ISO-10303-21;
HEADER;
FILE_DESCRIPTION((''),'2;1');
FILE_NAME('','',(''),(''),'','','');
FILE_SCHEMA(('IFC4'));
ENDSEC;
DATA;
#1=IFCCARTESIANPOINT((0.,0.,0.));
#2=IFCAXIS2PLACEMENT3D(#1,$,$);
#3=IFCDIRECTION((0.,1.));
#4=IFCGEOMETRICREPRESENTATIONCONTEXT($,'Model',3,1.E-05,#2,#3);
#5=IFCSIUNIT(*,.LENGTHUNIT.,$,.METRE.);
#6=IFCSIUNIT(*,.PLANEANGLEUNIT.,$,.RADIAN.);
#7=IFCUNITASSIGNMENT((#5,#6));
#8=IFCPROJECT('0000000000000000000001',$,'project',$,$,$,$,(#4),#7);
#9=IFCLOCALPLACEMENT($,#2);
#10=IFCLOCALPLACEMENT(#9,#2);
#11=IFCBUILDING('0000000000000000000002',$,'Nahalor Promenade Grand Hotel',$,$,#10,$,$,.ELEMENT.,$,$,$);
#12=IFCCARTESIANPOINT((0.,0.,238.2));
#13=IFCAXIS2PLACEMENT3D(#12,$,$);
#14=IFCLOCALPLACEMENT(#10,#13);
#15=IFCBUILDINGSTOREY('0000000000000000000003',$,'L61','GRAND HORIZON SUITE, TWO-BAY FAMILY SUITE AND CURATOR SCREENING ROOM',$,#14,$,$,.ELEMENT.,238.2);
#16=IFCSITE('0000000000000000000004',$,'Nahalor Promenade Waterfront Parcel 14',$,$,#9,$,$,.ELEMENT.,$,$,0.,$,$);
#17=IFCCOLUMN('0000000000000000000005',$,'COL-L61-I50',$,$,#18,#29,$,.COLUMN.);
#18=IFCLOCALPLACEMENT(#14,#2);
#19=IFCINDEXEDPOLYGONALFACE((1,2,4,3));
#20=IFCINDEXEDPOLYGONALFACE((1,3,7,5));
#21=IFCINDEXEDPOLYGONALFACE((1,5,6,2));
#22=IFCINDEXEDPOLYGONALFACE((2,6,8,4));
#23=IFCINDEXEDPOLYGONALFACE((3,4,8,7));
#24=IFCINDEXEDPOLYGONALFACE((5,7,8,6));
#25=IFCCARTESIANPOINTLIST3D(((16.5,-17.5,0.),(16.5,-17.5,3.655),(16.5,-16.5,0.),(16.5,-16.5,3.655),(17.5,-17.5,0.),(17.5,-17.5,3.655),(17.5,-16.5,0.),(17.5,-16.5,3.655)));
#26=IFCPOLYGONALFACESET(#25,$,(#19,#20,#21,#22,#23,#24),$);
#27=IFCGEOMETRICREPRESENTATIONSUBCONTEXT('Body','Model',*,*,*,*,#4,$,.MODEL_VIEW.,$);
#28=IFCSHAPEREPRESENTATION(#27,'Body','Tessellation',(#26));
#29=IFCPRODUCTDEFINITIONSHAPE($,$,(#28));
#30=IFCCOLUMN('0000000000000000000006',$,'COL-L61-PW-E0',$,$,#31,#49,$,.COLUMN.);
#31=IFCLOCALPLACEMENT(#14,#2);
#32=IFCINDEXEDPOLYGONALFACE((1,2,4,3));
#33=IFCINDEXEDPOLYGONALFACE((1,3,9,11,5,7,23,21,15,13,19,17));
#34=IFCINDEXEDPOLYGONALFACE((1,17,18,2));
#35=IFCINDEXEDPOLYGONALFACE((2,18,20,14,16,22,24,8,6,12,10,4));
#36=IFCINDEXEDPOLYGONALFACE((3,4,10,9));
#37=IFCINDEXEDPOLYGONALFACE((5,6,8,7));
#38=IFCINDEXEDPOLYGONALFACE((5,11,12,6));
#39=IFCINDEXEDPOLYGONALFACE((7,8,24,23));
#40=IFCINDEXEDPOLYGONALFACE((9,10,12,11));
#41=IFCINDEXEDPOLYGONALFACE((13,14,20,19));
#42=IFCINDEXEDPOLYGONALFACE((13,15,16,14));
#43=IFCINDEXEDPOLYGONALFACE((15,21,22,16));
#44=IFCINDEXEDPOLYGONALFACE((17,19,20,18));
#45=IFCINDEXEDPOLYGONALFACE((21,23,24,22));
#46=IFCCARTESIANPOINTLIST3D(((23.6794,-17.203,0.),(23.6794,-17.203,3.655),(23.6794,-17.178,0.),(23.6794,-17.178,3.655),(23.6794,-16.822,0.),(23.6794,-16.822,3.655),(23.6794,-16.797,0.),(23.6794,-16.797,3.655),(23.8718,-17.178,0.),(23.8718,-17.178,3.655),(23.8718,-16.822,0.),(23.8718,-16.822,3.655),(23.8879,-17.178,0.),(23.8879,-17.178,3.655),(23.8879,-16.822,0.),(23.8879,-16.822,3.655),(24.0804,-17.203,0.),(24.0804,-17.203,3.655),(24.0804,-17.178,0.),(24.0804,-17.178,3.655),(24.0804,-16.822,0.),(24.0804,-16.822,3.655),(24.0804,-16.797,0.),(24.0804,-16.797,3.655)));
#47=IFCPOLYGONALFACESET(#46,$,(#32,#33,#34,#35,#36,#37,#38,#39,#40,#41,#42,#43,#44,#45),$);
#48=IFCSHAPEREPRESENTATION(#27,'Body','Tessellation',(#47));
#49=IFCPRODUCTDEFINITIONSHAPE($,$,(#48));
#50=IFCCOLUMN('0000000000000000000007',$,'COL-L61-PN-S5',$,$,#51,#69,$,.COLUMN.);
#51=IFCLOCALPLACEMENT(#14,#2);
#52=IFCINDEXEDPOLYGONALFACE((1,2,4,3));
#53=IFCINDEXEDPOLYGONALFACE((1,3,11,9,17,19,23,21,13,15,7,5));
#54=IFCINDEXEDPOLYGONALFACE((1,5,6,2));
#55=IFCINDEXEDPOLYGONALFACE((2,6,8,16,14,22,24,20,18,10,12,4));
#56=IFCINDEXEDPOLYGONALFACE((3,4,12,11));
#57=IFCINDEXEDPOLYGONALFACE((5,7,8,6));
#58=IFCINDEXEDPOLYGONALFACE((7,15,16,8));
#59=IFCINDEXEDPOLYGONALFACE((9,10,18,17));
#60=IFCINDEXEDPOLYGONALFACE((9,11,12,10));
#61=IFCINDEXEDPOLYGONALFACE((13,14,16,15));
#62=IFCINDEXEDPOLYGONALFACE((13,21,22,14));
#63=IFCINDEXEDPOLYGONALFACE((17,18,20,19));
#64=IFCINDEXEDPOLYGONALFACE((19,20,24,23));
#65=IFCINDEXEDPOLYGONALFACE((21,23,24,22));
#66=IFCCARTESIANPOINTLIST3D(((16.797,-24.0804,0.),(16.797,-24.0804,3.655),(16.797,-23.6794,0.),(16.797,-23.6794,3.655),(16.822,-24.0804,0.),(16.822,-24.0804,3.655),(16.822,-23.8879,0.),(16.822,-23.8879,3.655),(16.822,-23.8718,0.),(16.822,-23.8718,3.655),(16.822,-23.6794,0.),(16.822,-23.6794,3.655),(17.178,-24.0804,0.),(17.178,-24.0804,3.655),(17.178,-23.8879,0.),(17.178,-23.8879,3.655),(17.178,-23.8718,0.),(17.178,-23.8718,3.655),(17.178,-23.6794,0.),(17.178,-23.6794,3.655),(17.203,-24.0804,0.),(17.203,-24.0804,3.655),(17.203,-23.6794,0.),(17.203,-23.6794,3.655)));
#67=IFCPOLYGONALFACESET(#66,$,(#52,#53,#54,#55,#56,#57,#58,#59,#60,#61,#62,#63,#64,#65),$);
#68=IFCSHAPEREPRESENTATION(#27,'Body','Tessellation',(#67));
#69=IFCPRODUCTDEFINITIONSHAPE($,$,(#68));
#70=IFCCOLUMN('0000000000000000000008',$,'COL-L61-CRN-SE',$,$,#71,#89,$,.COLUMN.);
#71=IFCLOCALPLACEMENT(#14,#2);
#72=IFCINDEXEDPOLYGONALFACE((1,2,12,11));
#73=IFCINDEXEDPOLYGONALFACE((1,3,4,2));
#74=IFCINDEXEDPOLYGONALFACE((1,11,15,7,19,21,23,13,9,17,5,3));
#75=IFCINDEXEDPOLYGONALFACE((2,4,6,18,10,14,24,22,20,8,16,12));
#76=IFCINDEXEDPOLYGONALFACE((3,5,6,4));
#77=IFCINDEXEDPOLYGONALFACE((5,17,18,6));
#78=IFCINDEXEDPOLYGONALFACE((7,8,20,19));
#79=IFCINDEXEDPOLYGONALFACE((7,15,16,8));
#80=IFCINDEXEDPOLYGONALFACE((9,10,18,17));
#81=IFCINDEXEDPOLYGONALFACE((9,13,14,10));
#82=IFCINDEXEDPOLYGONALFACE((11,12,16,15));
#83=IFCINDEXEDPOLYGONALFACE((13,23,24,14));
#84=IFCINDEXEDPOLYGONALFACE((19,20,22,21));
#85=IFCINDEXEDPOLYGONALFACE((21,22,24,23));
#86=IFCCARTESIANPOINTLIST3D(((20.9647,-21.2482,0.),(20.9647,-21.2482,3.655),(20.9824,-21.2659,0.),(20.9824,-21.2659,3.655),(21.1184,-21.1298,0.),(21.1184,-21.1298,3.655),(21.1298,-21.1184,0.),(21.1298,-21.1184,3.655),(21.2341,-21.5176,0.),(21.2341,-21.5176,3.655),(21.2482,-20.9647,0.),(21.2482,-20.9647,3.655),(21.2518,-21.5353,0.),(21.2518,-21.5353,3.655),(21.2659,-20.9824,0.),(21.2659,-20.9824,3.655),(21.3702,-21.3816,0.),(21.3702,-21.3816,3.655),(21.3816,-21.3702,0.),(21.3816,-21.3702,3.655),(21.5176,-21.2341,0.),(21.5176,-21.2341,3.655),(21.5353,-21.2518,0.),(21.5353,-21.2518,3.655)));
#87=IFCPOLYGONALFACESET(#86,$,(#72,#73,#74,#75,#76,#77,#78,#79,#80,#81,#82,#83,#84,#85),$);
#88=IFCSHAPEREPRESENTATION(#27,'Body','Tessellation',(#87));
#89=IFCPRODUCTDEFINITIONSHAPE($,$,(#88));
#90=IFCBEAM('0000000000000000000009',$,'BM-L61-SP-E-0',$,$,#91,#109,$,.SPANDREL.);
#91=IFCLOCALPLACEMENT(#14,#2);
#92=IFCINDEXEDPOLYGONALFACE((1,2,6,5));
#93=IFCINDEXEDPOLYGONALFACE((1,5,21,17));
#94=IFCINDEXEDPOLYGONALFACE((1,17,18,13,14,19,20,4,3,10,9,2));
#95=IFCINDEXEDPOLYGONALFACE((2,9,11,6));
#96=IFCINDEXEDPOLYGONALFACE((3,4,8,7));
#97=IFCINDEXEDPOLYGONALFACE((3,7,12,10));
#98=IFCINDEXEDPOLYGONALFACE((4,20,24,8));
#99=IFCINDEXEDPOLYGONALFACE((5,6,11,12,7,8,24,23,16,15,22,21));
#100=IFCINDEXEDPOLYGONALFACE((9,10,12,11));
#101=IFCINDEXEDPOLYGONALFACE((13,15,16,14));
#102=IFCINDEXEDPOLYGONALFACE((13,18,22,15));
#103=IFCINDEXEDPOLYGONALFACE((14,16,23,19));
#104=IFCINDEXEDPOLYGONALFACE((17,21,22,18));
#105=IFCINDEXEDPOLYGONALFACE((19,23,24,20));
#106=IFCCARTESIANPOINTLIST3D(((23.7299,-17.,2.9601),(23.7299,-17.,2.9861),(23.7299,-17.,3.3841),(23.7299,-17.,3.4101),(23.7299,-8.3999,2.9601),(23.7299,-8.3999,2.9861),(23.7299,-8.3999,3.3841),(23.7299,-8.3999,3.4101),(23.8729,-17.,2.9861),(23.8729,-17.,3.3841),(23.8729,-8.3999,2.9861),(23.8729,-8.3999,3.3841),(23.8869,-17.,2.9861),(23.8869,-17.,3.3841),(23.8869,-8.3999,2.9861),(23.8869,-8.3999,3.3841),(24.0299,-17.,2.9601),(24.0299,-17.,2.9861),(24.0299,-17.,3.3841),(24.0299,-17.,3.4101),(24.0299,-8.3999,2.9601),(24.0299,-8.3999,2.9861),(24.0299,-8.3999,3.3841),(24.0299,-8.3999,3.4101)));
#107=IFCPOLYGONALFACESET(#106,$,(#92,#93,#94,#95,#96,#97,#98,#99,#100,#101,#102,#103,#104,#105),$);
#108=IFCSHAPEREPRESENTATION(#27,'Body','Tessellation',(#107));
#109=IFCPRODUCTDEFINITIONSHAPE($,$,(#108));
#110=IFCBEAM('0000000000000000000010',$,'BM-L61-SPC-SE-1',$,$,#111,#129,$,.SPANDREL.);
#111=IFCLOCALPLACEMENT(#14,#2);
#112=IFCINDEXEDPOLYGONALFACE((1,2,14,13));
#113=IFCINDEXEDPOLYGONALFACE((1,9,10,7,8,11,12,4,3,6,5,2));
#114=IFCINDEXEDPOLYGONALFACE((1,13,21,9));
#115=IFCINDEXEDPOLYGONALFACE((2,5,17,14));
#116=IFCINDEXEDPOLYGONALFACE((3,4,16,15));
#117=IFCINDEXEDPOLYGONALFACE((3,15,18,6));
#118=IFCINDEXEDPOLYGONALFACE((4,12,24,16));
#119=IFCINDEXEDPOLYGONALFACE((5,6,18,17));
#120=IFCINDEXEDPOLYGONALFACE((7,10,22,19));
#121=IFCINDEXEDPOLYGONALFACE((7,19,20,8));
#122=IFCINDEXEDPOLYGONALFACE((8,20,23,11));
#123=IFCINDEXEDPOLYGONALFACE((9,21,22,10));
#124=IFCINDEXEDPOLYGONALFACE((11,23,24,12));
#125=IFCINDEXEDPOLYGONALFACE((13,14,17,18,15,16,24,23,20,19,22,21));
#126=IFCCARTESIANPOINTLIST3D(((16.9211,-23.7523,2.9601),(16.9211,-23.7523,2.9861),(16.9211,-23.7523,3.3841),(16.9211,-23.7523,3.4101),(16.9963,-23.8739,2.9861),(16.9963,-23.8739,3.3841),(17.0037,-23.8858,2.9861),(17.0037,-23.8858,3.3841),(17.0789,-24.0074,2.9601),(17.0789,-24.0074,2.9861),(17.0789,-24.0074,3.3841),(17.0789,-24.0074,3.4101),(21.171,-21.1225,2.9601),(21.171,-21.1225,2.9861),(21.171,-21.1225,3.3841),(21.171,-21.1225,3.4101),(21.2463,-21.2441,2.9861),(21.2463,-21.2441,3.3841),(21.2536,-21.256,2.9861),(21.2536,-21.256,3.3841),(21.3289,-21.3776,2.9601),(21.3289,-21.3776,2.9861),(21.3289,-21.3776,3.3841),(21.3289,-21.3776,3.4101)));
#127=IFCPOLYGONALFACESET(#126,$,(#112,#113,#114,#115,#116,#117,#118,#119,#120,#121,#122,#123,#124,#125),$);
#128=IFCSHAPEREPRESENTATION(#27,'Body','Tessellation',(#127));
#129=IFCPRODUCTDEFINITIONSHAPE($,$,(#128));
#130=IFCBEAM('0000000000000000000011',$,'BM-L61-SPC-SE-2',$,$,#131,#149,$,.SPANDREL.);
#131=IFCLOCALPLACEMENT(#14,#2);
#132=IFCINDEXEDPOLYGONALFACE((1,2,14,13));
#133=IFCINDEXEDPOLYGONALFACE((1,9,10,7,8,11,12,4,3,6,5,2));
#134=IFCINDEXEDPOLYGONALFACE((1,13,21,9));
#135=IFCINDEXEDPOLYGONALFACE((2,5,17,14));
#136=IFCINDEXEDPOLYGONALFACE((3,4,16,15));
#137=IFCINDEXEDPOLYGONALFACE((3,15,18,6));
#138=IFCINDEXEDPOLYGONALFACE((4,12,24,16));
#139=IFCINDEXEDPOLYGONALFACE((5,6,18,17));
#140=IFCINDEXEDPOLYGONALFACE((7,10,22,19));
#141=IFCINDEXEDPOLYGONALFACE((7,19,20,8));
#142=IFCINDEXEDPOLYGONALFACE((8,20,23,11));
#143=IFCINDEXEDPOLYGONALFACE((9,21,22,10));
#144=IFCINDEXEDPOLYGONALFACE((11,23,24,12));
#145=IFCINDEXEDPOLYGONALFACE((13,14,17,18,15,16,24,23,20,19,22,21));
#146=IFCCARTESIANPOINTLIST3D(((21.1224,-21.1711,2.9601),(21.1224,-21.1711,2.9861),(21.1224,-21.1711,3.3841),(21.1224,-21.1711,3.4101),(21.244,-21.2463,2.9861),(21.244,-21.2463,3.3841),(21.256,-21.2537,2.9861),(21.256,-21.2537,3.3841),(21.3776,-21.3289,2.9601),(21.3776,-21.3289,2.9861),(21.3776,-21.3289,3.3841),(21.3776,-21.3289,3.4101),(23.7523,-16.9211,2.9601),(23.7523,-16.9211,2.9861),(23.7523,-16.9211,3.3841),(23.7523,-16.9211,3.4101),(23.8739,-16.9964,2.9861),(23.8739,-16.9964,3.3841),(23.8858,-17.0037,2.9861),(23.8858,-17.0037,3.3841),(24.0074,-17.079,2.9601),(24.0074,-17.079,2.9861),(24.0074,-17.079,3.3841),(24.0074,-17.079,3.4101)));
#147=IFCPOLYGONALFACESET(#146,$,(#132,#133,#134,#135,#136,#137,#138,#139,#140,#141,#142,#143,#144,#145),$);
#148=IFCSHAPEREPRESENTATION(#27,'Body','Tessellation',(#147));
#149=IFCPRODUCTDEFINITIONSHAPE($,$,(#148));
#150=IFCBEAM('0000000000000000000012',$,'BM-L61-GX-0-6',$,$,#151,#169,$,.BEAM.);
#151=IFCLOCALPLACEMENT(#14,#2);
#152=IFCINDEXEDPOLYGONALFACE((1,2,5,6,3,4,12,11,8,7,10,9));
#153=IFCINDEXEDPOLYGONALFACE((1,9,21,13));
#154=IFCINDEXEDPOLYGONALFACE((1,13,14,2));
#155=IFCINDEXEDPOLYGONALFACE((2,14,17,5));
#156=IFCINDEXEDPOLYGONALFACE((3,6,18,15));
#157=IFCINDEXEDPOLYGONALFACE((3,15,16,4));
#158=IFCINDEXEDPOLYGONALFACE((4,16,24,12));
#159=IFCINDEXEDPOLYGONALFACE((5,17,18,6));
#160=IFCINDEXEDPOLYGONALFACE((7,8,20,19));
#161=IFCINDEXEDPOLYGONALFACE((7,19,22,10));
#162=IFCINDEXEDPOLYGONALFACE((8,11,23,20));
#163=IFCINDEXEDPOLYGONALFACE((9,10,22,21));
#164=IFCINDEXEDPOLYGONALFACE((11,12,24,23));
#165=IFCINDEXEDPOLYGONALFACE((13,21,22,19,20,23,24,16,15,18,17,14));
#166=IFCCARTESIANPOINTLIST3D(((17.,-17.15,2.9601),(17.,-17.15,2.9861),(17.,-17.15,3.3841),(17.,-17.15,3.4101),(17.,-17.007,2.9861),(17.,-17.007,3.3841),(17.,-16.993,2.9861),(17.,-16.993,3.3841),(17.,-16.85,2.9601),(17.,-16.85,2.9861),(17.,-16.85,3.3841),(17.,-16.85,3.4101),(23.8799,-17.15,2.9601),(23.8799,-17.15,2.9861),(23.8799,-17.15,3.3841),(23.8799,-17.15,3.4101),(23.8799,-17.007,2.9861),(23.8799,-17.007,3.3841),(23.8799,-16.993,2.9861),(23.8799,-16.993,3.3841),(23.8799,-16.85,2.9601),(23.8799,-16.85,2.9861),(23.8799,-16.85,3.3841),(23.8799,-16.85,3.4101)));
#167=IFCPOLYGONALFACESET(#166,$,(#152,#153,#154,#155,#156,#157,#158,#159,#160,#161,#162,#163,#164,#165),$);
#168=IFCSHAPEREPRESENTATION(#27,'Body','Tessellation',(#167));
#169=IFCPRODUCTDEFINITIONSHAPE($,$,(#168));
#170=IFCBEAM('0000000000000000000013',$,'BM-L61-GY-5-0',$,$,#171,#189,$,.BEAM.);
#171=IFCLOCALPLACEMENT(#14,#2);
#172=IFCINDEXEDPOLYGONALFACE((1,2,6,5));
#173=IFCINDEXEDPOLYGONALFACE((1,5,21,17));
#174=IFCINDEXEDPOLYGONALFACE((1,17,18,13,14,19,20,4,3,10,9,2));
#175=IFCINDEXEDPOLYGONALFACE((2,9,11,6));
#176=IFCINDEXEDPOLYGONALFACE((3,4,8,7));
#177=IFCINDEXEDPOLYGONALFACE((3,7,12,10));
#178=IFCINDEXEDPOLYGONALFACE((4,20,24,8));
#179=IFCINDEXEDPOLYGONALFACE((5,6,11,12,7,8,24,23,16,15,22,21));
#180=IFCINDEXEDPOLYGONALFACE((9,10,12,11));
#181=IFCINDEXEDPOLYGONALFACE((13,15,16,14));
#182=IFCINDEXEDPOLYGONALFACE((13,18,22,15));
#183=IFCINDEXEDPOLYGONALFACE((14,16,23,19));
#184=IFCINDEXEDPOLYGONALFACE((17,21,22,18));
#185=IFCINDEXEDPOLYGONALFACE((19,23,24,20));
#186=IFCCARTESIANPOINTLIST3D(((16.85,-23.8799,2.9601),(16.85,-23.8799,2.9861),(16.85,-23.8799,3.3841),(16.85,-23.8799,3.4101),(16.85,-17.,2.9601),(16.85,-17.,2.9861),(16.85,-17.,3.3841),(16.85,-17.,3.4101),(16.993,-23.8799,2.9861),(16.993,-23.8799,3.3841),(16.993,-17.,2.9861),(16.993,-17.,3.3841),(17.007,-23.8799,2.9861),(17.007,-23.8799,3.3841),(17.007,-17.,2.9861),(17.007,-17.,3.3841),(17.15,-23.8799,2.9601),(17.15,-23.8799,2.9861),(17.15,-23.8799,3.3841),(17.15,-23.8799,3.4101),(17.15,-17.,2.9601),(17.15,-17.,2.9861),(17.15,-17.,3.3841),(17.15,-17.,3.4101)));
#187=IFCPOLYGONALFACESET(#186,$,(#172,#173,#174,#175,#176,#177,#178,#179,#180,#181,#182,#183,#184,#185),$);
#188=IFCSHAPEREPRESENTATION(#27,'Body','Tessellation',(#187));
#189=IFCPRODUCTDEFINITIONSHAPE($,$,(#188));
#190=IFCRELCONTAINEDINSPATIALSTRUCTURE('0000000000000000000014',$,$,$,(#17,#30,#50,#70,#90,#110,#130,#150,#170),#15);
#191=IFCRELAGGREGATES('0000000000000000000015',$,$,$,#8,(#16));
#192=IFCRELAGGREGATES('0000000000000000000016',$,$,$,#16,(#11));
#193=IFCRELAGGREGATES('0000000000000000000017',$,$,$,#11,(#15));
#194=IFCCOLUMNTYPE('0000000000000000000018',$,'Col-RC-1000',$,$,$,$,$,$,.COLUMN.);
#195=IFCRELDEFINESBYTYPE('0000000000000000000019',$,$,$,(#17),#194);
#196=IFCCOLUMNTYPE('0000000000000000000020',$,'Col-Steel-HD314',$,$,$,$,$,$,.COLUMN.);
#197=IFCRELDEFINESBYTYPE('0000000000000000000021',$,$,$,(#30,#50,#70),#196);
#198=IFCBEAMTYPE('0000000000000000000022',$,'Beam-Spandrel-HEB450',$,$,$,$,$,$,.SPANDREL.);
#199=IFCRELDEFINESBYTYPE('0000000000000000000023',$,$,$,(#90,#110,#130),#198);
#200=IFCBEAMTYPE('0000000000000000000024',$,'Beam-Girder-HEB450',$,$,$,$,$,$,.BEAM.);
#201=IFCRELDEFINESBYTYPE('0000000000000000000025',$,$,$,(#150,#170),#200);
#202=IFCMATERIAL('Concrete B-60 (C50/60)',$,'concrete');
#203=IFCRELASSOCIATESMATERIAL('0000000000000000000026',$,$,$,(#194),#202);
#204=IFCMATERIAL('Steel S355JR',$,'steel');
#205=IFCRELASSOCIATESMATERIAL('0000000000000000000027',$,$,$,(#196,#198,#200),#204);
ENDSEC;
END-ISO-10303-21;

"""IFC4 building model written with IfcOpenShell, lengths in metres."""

from ifc_helpers import new_model, si_unit, direction, frame, origin, origin_2d, place, context, subcontext, project, spatial, rectangle, i_section, extrude, source, transform, mapped, material, material_profile, profile_set, type_object, element, save


model = new_model("IFC4")

# Units and contexts
model_context = context("Model", 3, precision=1e-05, world=origin(), true_north=direction((0.0, 1.0)))
body_context = subcontext(model_context, "Body", "Model", "MODEL_VIEW")
ifc_project = project(units=[si_unit("LENGTHUNIT", "METRE"), si_unit("PLANEANGLEUNIT", "RADIAN")], contexts=[model_context])

# Site, building, storey
site_placement = place(None, origin())
site = spatial("IfcSite", under=ifc_project, at=site_placement, Name="Nahalor Promenade Waterfront Parcel 14", CompositionType="ELEMENT", RefElevation=0.0)
building_placement = place(site_placement, origin())
building = spatial("IfcBuilding", under=site, at=building_placement, Name="Nahalor Promenade Grand Hotel", CompositionType="ELEMENT")
storey_placement = place(building_placement, frame((0.0, 0.0, 238.2)))
storey = spatial("IfcBuildingStorey", under=building, at=storey_placement, Name="L61", Description="GRAND HORIZON SUITE, TWO-BAY FAMILY SUITE AND CURATOR SCREENING ROOM", CompositionType="ELEMENT", Elevation=238.2)

# Columns
ifc_material_1 = material(Name="Concrete B-60 (C50/60)", Category="concrete")
ifc_material_profile_1 = material_profile(ifc_material_1, rectangle(XDim=1.0, YDim=1.0, at=origin_2d()), Name="RC 1000x1000")
ifc_profile_set_1 = profile_set([ifc_material_profile_1], Name="Concrete B-60 (C50/60)")
column_type_1 = type_object("IfcColumnType", Name="Col-RC-1000", PredefinedType="COLUMN", material=ifc_profile_set_1)
shared_shape_1 = source(origin(), body_context, "Body", "SweptSolid", [
    extrude(rectangle(XDim=1.0, YDim=1.0, at=origin_2d()), origin(), (0.0, 0.0, 1.0), 3.655),
])
column_placement = place(storey_placement, frame((17.0, -17.0, 0.0), z_axis=(0.0, 0.0, 1.0), x_axis=(1.0, 0.0, 0.0)))
element("IfcColumn", 1, at=column_placement, inside=storey, type_object=column_type_1, Name="COL-L61-I50", PredefinedType="COLUMN", context=body_context, shape_type="MappedRepresentation", body=[
    mapped(shared_shape_1, transform((0.0, 0.0, 0.0), scale=1.0)),
])
ifc_material_2 = material(Name="Steel S355JR", Category="steel")
ifc_material_profile_2 = material_profile(ifc_material_2, i_section(OverallWidth=0.401, OverallDepth=0.406, WebThickness=0.0161, FlangeThickness=0.025, at=origin_2d()), Name="HD 400x314")
ifc_profile_set_2 = profile_set([ifc_material_profile_2], Name="Steel S355JR")
column_type_2 = type_object("IfcColumnType", Name="Col-Steel-HD314", PredefinedType="COLUMN", material=ifc_profile_set_2)
shared_shape_2 = source(origin(), body_context, "Body", "SweptSolid", [
    extrude(i_section(OverallWidth=0.401, OverallDepth=0.406, WebThickness=0.0161, FlangeThickness=0.025, at=origin_2d()), origin(), (0.0, 0.0, 1.0), 3.655),
])
for number, where, z_axis, x_axis, name in (
    (2, (23.8799, -17.0, 0.0), (0.0, 0.0, 1.0), (1.0, 0.0, 0.0), "COL-L61-PW-E0"),
    (3, (17.0, -23.8799, 0.0), (0.0, 0.0, 1.0), (0.0, 1.0, 0.0), "COL-L61-PN-S5"),
    (4, (21.25, -21.25, 0.0), (0.0, 0.0, 1.0), (0.707107, 0.707107, 0.0), "COL-L61-CRN-SE"),
):
    element("IfcColumn", number, at=place(storey_placement, frame(where, z_axis=z_axis, x_axis=x_axis)), inside=storey, type_object=column_type_2, Name=name, PredefinedType="COLUMN", context=body_context, shape_type="MappedRepresentation", body=[
        mapped(shared_shape_2, transform((0.0, 0.0, 0.0), scale=1.0)),
    ])

# Beams
ifc_material_profile_3 = material_profile(ifc_material_2, i_section(OverallWidth=0.3, OverallDepth=0.45, WebThickness=0.014, FlangeThickness=0.026, at=origin_2d()), Name="HEB 450")
ifc_profile_set_3 = profile_set([ifc_material_profile_3], Name="Steel S355JR")
beam_type_1 = type_object("IfcBeamType", Name="Beam-Spandrel-HEB450", PredefinedType="SPANDREL", material=ifc_profile_set_3)
shared_shape_3 = source(origin(), body_context, "Body", "SweptSolid", [
    extrude(i_section(OverallWidth=0.3, OverallDepth=0.45, WebThickness=0.014, FlangeThickness=0.026, at=origin_2d()), origin(), (0.0, 0.0, 1.0), 8.6001),
])
beam_1_placement = place(storey_placement, frame((23.8799, -17.0, 3.1851), z_axis=(0.0, 1.0, 0.0), x_axis=(-1.0, 0.0, 0.0)))
element("IfcBeam", 5, at=beam_1_placement, inside=storey, type_object=beam_type_1, Name="BM-L61-SP-E-0", PredefinedType="SPANDREL", context=body_context, shape_type="MappedRepresentation", body=[
    mapped(shared_shape_3, transform((0.0, 0.0, 0.0), scale=1.0)),
])
shared_shape_4 = source(origin(), body_context, "Body", "SweptSolid", [
    extrude(i_section(OverallWidth=0.3, OverallDepth=0.45, WebThickness=0.014, FlangeThickness=0.026, at=origin_2d()), origin(), (0.0, 0.0, 1.0), 4.9978),
])
for number, where, z_axis, x_axis, name in (
    (6, (17.0, -23.8799, 3.1851), (0.850361, 0.5262, 0.0), (-0.5262, 0.850361, 0.0), "BM-L61-SPC-SE-1"),
    (7, (21.25, -21.25, 3.1851), (0.5262, 0.850361, 0.0), (-0.850361, 0.5262, 0.0), "BM-L61-SPC-SE-2"),
):
    element("IfcBeam", number, at=place(storey_placement, frame(where, z_axis=z_axis, x_axis=x_axis)), inside=storey, type_object=beam_type_1, Name=name, PredefinedType="SPANDREL", context=body_context, shape_type="MappedRepresentation", body=[
        mapped(shared_shape_4, transform((0.0, 0.0, 0.0), scale=1.0)),
    ])
ifc_material_profile_4 = material_profile(ifc_material_2, i_section(OverallWidth=0.3, OverallDepth=0.45, WebThickness=0.014, FlangeThickness=0.026, at=origin_2d()), Name="HEB 450")
ifc_profile_set_4 = profile_set([ifc_material_profile_4], Name="Steel S355JR")
beam_type_2 = type_object("IfcBeamType", Name="Beam-Girder-HEB450", PredefinedType="BEAM", material=ifc_profile_set_4)
shared_shape_5 = source(origin(), body_context, "Body", "SweptSolid", [
    extrude(i_section(OverallWidth=0.3, OverallDepth=0.45, WebThickness=0.014, FlangeThickness=0.026, at=origin_2d()), origin(), (0.0, 0.0, 1.0), 6.8799),
])
for number, where, z_axis, x_axis, name in (
    (8, (17.0, -17.0, 3.1851), (1.0, 0.0, 0.0), (0.0, 1.0, 0.0), "BM-L61-GX-0-6"),
    (9, (17.0, -23.8799, 3.1851), (0.0, 1.0, 0.0), (-1.0, 0.0, 0.0), "BM-L61-GY-5-0"),
):
    element("IfcBeam", number, at=place(storey_placement, frame(where, z_axis=z_axis, x_axis=x_axis)), inside=storey, type_object=beam_type_2, Name=name, PredefinedType="BEAM", context=body_context, shape_type="MappedRepresentation", body=[
        mapped(shared_shape_5, transform((0.0, 0.0, 0.0), scale=1.0)),
    ])

save(model, "model.ifc")
